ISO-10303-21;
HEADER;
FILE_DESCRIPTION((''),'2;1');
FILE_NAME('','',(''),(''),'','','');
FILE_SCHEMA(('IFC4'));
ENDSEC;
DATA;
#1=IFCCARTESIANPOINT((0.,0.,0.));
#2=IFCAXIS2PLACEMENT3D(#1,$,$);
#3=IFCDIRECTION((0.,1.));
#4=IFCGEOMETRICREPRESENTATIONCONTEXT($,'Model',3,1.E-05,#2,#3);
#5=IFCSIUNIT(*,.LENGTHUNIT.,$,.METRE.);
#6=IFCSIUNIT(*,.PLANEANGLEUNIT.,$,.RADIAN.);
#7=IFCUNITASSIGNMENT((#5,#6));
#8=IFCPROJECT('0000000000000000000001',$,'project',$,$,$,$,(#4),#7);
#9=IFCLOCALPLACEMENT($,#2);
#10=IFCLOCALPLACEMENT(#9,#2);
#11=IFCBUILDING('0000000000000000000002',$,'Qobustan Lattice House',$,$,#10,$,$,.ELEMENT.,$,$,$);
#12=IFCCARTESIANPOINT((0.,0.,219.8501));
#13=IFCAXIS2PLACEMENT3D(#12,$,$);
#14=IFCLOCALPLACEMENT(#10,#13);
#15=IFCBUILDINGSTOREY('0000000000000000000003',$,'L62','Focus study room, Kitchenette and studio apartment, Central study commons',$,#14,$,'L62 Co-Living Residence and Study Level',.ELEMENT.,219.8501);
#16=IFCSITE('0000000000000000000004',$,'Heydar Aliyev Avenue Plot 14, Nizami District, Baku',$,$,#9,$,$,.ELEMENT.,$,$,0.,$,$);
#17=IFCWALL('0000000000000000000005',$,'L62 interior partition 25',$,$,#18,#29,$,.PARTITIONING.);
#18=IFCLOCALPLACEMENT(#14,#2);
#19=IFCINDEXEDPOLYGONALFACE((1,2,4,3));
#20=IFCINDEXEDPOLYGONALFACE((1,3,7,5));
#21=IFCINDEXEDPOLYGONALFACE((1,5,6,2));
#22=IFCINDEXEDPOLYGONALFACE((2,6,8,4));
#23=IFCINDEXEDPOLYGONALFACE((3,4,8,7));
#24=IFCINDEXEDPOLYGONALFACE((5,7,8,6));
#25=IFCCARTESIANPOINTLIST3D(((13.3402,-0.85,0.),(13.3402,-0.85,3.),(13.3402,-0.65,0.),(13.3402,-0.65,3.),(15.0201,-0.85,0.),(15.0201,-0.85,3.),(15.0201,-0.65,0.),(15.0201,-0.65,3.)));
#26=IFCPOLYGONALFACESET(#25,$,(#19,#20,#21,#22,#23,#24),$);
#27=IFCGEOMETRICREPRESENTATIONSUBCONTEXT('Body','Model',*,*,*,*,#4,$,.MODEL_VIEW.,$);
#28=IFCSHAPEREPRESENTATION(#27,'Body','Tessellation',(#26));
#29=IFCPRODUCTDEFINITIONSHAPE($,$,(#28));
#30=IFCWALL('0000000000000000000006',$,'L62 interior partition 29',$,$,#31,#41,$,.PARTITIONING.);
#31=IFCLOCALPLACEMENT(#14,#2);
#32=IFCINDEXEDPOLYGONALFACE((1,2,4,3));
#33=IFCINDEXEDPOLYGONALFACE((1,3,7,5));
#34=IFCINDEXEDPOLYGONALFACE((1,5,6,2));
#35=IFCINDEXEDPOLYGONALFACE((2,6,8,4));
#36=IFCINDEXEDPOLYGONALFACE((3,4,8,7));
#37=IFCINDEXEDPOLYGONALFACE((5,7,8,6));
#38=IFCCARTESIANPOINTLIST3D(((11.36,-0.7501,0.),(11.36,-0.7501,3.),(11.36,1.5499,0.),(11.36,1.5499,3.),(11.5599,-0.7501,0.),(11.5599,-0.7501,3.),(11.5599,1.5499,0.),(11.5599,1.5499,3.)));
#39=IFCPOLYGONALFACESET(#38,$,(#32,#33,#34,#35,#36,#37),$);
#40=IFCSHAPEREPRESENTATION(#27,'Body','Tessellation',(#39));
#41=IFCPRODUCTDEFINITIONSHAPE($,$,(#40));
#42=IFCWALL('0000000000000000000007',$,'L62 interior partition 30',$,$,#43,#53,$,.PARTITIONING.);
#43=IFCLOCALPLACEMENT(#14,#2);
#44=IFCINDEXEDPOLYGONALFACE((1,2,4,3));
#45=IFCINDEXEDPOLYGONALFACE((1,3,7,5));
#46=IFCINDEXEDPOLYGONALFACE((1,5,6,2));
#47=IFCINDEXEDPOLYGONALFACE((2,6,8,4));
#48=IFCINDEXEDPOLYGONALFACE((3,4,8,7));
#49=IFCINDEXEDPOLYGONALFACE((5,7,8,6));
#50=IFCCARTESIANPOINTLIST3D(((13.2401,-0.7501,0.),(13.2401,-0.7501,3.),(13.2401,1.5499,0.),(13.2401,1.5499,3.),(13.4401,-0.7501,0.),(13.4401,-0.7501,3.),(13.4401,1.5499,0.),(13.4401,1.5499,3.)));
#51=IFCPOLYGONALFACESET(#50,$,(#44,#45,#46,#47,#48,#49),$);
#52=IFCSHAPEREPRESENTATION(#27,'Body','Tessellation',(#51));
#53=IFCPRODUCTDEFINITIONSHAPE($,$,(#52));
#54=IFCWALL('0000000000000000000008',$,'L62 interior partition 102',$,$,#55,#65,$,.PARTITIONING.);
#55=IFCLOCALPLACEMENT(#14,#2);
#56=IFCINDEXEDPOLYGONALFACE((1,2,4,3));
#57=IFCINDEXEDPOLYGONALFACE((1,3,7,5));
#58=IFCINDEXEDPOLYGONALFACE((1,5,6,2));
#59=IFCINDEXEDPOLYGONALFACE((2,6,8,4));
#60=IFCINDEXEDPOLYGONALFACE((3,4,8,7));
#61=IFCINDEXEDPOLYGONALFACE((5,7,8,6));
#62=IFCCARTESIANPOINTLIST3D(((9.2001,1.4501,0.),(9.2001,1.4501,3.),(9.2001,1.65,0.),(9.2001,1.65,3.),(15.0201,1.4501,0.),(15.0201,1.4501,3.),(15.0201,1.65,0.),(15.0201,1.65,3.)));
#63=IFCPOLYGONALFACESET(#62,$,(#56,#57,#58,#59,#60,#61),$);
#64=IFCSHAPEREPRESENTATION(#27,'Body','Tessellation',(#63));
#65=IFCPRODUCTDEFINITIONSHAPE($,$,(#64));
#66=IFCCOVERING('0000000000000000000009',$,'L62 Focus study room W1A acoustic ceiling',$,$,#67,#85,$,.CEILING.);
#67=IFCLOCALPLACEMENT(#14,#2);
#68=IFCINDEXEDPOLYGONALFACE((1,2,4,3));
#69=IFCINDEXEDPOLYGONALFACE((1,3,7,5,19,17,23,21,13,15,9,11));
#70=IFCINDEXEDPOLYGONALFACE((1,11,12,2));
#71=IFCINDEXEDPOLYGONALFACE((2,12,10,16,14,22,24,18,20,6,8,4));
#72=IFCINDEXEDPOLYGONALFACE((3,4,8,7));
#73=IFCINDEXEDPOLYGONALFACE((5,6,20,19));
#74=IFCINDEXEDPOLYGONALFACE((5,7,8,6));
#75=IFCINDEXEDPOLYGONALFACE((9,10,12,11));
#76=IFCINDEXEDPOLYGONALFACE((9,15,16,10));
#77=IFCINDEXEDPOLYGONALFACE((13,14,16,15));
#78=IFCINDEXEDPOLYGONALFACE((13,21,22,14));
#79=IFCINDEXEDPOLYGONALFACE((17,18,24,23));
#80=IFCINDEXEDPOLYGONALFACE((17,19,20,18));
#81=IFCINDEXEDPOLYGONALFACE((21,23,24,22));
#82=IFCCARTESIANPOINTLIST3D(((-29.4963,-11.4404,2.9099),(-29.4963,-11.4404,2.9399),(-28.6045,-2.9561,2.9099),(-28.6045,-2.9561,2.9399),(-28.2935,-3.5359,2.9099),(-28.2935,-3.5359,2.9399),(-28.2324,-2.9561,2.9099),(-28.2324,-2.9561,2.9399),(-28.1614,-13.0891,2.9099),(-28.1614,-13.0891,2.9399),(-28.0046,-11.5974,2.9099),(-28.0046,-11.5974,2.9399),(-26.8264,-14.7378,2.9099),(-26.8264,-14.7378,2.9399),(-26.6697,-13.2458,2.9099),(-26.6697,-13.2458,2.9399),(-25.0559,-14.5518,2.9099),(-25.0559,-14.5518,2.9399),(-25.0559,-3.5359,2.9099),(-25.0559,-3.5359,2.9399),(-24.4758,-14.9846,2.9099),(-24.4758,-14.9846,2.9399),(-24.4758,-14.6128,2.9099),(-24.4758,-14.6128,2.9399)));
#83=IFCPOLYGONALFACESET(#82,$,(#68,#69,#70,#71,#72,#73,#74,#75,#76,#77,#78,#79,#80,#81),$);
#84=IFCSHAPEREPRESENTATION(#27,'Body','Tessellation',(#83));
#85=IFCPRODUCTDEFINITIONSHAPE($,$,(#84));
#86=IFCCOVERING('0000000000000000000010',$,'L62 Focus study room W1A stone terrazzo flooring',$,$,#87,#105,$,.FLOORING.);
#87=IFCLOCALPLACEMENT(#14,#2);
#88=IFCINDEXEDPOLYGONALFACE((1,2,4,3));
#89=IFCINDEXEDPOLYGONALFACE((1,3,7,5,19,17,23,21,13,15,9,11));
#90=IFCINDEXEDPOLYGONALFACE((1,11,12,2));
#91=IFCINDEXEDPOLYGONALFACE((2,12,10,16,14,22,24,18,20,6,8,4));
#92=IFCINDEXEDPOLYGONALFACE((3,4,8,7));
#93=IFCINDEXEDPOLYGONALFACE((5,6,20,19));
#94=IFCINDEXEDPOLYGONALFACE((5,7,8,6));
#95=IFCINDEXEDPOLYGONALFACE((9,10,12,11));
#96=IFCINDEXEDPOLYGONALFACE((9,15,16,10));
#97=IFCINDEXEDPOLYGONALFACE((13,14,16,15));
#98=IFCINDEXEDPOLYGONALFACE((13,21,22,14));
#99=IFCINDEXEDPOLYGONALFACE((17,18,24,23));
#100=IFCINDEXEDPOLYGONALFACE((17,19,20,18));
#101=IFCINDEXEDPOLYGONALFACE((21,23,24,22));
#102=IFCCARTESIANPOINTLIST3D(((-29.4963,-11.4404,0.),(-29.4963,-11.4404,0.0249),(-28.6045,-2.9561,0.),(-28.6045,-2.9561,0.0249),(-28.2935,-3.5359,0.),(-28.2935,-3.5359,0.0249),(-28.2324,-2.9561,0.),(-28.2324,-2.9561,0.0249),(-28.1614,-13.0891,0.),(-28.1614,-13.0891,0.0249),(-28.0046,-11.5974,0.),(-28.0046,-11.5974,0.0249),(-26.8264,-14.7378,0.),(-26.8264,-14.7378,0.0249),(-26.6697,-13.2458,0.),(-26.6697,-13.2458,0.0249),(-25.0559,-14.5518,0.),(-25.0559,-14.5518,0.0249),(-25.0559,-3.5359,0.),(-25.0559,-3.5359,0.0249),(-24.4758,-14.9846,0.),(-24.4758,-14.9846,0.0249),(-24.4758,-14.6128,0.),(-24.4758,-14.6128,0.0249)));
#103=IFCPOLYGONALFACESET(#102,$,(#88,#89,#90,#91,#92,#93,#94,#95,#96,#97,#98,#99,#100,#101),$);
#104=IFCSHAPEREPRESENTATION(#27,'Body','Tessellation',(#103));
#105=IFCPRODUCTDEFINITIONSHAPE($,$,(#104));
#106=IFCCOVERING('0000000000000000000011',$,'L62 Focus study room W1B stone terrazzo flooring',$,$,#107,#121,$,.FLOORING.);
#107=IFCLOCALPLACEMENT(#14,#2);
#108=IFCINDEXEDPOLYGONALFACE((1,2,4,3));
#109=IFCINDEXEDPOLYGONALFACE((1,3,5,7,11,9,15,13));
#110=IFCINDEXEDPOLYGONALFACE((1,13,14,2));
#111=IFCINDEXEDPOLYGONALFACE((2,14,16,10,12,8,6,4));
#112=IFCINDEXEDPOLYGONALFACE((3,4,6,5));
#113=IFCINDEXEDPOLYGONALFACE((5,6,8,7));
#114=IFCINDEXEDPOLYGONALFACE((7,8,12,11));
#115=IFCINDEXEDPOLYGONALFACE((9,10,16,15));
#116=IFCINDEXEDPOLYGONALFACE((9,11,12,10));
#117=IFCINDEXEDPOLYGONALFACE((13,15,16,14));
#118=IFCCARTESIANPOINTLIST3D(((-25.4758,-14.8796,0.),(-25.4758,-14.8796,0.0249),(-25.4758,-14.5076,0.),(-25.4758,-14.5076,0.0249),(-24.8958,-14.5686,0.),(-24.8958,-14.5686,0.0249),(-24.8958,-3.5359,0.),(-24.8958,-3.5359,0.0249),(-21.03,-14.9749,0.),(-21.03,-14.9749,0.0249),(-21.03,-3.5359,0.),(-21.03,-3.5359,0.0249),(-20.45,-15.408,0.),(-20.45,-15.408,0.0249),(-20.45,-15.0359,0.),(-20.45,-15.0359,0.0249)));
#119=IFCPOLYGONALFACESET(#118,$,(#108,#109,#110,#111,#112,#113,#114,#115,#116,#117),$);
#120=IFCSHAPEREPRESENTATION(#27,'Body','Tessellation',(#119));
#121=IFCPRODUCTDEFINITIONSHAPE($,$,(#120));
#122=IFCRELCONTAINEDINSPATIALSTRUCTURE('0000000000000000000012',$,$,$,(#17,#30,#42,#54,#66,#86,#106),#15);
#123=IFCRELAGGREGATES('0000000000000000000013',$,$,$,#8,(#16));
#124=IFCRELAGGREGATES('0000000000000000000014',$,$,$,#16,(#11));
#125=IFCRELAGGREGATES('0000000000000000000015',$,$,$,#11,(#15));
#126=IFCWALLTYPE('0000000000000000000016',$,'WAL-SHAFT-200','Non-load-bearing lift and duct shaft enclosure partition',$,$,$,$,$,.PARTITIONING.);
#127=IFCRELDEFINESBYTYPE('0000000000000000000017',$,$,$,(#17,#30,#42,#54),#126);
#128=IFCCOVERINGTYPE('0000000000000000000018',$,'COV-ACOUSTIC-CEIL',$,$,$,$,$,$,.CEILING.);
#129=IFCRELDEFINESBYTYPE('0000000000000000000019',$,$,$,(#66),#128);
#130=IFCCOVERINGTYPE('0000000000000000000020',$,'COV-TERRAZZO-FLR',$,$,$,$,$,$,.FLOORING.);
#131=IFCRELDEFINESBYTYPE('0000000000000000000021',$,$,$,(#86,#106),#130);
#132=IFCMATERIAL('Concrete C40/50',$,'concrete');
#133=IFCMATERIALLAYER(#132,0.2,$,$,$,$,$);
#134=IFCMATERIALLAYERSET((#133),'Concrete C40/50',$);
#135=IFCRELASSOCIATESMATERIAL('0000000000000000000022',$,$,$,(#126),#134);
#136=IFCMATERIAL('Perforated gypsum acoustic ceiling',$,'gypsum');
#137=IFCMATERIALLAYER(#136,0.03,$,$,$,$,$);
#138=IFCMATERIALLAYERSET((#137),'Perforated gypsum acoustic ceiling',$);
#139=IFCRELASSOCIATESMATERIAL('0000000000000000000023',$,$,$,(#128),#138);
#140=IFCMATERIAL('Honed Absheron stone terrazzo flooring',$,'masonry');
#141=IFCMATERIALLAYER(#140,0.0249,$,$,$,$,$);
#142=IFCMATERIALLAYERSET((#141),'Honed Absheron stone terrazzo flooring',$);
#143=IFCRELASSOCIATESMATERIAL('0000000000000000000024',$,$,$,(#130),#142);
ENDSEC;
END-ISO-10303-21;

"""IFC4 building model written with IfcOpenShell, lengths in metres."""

from ifc_helpers import new_model, si_unit, direction, frame, frame_2d, origin, place, context, subcontext, project, spatial, polyline, rectangle, outline, extrude, material, layer, layer_set, type_object, element, save


model = new_model("IFC4")

# Units and contexts
model_context = context("Model", 3, precision=1e-05, world=origin(), true_north=direction((0.0, 1.0)))
body_context = subcontext(model_context, "Body", "Model", "MODEL_VIEW")
ifc_project = project(units=[si_unit("LENGTHUNIT", "METRE"), si_unit("PLANEANGLEUNIT", "RADIAN")], contexts=[model_context])

# Site, building, storey
site_placement = place(None, origin())
site = spatial("IfcSite", under=ifc_project, at=site_placement, Name="Heydar Aliyev Avenue Plot 14, Nizami District, Baku", CompositionType="ELEMENT", RefElevation=0.0)
building_placement = place(site_placement, origin())
building = spatial("IfcBuilding", under=site, at=building_placement, Name="Qobustan Lattice House", CompositionType="ELEMENT")
storey_placement = place(building_placement, frame((0.0, 0.0, 219.8501)))
storey = spatial("IfcBuildingStorey", under=building, at=storey_placement, Name="L62", Description="Focus study room, Kitchenette and studio apartment, Central study commons", LongName="L62 Co-Living Residence and Study Level", CompositionType="ELEMENT", Elevation=219.8501)

# Walls
ifc_material_1 = material(Name="Concrete C40/50", Category="concrete")
ifc_layer_1 = layer(ifc_material_1, 0.2)
ifc_layer_set_1 = layer_set([ifc_layer_1], Name="Concrete C40/50")
wall_type_1 = type_object("IfcWallType", Name="WAL-SHAFT-200", Description="Non-load-bearing lift and duct shaft enclosure partition", PredefinedType="PARTITIONING", material=ifc_layer_set_1)
wall_1_placement = place(storey_placement, frame((15.02, -0.75, 0.0), z_axis=(0.0, 0.0, 1.0), x_axis=(-1.0, 0.0, 0.0)))
element("IfcWall", 1, at=wall_1_placement, inside=storey, type_object=wall_type_1, Name="L62 interior partition 25", PredefinedType="PARTITIONING", context=body_context, shape_type="SweptSolid", body=[
    extrude(rectangle(XDim=1.6799, YDim=0.2, at=frame_2d((0.8398, 0.0))), origin(), (0.0, 0.0, 1.0), 3.0),
])
for number, where, z_axis, x_axis, name in (
    (2, (11.46, -0.75, 0.0), (0.0, 0.0, 1.0), (0.0, 1.0, 0.0), "L62 interior partition 29"),
    (3, (13.3401, -0.75, 0.0), (0.0, 0.0, 1.0), (0.0, 1.0, 0.0), "L62 interior partition 30"),
):
    element("IfcWall", number, at=place(storey_placement, frame(where, z_axis=z_axis, x_axis=x_axis)), inside=storey, type_object=wall_type_1, Name=name, PredefinedType="PARTITIONING", context=body_context, shape_type="SweptSolid", body=[
        extrude(rectangle(XDim=2.3, YDim=0.2, at=frame_2d((1.1499, 0.0))), origin(), (0.0, 0.0, 1.0), 3.0),
    ])
wall_2_placement = place(storey_placement, frame((9.2, 1.55, 0.0), z_axis=(0.0, 0.0, 1.0), x_axis=(1.0, 0.0, 0.0)))
element("IfcWall", 4, at=wall_2_placement, inside=storey, type_object=wall_type_1, Name="L62 interior partition 102", PredefinedType="PARTITIONING", context=body_context, shape_type="SweptSolid", body=[
    extrude(rectangle(XDim=5.8201, YDim=0.2, at=frame_2d((2.9102, 0.0))), origin(), (0.0, 0.0, 1.0), 3.0),
])

# Coverings
ifc_material_2 = material(Name="Perforated gypsum acoustic ceiling", Category="gypsum")
ifc_layer_2 = layer(ifc_material_2, 0.03)
ifc_layer_set_2 = layer_set([ifc_layer_2], Name="Perforated gypsum acoustic ceiling")
covering_type_1 = type_object("IfcCoveringType", Name="COV-ACOUSTIC-CEIL", PredefinedType="CEILING", material=ifc_layer_set_2)
covering_1_placement = place(storey_placement, frame((0.0, 0.0, 2.9099)))
element("IfcCovering", 5, at=covering_1_placement, inside=storey, type_object=covering_type_1, Name="L62 Focus study room W1A acoustic ceiling", PredefinedType="CEILING", context=body_context, shape_type="SweptSolid", body=[
    extrude(outline(polyline([(-26.8264, -14.7378), (-24.4758, -14.9846), (-24.4758, -14.6128), (-25.0559, -14.5518), (-25.0559, -3.5359), (-28.2935, -3.5359), (-28.2324, -2.9561), (-28.6045, -2.9561), (-29.4963, -11.4404), (-28.0046, -11.5974), (-28.1614, -13.0891), (-26.6697, -13.2458), (-26.8264, -14.7378)])), origin(), (0.0, 0.0, 1.0), 0.03),
])
ifc_material_3 = material(Name="Honed Absheron stone terrazzo flooring", Category="masonry")
ifc_layer_3 = layer(ifc_material_3, 0.0249)
ifc_layer_set_3 = layer_set([ifc_layer_3], Name="Honed Absheron stone terrazzo flooring")
covering_type_2 = type_object("IfcCoveringType", Name="COV-TERRAZZO-FLR", PredefinedType="FLOORING", material=ifc_layer_set_3)
covering_2_placement = place(storey_placement, origin())
element("IfcCovering", 6, at=covering_2_placement, inside=storey, type_object=covering_type_2, Name="L62 Focus study room W1A stone terrazzo flooring", PredefinedType="FLOORING", context=body_context, shape_type="SweptSolid", body=[
    extrude(outline(polyline([(-26.8264, -14.7378), (-24.4758, -14.9846), (-24.4758, -14.6128), (-25.0559, -14.5518), (-25.0559, -3.5359), (-28.2935, -3.5359), (-28.2324, -2.9561), (-28.6045, -2.9561), (-29.4963, -11.4404), (-28.0046, -11.5974), (-28.1614, -13.0891), (-26.6697, -13.2458), (-26.8264, -14.7378)])), origin(), (0.0, 0.0, 1.0), 0.0249),
])
covering_3_placement = place(storey_placement, origin())
element("IfcCovering", 7, at=covering_3_placement, inside=storey, type_object=covering_type_2, Name="L62 Focus study room W1B stone terrazzo flooring", PredefinedType="FLOORING", context=body_context, shape_type="SweptSolid", body=[
    extrude(outline(polyline([(-20.45, -15.408), (-20.45, -15.0359), (-21.03, -14.9749), (-21.03, -3.5359), (-24.8958, -3.5359), (-24.8958, -14.5686), (-25.4758, -14.5076), (-25.4758, -14.8796), (-20.45, -15.408)])), origin(), (0.0, 0.0, 1.0), 0.0249),
])

save(model, "model.ifc")
